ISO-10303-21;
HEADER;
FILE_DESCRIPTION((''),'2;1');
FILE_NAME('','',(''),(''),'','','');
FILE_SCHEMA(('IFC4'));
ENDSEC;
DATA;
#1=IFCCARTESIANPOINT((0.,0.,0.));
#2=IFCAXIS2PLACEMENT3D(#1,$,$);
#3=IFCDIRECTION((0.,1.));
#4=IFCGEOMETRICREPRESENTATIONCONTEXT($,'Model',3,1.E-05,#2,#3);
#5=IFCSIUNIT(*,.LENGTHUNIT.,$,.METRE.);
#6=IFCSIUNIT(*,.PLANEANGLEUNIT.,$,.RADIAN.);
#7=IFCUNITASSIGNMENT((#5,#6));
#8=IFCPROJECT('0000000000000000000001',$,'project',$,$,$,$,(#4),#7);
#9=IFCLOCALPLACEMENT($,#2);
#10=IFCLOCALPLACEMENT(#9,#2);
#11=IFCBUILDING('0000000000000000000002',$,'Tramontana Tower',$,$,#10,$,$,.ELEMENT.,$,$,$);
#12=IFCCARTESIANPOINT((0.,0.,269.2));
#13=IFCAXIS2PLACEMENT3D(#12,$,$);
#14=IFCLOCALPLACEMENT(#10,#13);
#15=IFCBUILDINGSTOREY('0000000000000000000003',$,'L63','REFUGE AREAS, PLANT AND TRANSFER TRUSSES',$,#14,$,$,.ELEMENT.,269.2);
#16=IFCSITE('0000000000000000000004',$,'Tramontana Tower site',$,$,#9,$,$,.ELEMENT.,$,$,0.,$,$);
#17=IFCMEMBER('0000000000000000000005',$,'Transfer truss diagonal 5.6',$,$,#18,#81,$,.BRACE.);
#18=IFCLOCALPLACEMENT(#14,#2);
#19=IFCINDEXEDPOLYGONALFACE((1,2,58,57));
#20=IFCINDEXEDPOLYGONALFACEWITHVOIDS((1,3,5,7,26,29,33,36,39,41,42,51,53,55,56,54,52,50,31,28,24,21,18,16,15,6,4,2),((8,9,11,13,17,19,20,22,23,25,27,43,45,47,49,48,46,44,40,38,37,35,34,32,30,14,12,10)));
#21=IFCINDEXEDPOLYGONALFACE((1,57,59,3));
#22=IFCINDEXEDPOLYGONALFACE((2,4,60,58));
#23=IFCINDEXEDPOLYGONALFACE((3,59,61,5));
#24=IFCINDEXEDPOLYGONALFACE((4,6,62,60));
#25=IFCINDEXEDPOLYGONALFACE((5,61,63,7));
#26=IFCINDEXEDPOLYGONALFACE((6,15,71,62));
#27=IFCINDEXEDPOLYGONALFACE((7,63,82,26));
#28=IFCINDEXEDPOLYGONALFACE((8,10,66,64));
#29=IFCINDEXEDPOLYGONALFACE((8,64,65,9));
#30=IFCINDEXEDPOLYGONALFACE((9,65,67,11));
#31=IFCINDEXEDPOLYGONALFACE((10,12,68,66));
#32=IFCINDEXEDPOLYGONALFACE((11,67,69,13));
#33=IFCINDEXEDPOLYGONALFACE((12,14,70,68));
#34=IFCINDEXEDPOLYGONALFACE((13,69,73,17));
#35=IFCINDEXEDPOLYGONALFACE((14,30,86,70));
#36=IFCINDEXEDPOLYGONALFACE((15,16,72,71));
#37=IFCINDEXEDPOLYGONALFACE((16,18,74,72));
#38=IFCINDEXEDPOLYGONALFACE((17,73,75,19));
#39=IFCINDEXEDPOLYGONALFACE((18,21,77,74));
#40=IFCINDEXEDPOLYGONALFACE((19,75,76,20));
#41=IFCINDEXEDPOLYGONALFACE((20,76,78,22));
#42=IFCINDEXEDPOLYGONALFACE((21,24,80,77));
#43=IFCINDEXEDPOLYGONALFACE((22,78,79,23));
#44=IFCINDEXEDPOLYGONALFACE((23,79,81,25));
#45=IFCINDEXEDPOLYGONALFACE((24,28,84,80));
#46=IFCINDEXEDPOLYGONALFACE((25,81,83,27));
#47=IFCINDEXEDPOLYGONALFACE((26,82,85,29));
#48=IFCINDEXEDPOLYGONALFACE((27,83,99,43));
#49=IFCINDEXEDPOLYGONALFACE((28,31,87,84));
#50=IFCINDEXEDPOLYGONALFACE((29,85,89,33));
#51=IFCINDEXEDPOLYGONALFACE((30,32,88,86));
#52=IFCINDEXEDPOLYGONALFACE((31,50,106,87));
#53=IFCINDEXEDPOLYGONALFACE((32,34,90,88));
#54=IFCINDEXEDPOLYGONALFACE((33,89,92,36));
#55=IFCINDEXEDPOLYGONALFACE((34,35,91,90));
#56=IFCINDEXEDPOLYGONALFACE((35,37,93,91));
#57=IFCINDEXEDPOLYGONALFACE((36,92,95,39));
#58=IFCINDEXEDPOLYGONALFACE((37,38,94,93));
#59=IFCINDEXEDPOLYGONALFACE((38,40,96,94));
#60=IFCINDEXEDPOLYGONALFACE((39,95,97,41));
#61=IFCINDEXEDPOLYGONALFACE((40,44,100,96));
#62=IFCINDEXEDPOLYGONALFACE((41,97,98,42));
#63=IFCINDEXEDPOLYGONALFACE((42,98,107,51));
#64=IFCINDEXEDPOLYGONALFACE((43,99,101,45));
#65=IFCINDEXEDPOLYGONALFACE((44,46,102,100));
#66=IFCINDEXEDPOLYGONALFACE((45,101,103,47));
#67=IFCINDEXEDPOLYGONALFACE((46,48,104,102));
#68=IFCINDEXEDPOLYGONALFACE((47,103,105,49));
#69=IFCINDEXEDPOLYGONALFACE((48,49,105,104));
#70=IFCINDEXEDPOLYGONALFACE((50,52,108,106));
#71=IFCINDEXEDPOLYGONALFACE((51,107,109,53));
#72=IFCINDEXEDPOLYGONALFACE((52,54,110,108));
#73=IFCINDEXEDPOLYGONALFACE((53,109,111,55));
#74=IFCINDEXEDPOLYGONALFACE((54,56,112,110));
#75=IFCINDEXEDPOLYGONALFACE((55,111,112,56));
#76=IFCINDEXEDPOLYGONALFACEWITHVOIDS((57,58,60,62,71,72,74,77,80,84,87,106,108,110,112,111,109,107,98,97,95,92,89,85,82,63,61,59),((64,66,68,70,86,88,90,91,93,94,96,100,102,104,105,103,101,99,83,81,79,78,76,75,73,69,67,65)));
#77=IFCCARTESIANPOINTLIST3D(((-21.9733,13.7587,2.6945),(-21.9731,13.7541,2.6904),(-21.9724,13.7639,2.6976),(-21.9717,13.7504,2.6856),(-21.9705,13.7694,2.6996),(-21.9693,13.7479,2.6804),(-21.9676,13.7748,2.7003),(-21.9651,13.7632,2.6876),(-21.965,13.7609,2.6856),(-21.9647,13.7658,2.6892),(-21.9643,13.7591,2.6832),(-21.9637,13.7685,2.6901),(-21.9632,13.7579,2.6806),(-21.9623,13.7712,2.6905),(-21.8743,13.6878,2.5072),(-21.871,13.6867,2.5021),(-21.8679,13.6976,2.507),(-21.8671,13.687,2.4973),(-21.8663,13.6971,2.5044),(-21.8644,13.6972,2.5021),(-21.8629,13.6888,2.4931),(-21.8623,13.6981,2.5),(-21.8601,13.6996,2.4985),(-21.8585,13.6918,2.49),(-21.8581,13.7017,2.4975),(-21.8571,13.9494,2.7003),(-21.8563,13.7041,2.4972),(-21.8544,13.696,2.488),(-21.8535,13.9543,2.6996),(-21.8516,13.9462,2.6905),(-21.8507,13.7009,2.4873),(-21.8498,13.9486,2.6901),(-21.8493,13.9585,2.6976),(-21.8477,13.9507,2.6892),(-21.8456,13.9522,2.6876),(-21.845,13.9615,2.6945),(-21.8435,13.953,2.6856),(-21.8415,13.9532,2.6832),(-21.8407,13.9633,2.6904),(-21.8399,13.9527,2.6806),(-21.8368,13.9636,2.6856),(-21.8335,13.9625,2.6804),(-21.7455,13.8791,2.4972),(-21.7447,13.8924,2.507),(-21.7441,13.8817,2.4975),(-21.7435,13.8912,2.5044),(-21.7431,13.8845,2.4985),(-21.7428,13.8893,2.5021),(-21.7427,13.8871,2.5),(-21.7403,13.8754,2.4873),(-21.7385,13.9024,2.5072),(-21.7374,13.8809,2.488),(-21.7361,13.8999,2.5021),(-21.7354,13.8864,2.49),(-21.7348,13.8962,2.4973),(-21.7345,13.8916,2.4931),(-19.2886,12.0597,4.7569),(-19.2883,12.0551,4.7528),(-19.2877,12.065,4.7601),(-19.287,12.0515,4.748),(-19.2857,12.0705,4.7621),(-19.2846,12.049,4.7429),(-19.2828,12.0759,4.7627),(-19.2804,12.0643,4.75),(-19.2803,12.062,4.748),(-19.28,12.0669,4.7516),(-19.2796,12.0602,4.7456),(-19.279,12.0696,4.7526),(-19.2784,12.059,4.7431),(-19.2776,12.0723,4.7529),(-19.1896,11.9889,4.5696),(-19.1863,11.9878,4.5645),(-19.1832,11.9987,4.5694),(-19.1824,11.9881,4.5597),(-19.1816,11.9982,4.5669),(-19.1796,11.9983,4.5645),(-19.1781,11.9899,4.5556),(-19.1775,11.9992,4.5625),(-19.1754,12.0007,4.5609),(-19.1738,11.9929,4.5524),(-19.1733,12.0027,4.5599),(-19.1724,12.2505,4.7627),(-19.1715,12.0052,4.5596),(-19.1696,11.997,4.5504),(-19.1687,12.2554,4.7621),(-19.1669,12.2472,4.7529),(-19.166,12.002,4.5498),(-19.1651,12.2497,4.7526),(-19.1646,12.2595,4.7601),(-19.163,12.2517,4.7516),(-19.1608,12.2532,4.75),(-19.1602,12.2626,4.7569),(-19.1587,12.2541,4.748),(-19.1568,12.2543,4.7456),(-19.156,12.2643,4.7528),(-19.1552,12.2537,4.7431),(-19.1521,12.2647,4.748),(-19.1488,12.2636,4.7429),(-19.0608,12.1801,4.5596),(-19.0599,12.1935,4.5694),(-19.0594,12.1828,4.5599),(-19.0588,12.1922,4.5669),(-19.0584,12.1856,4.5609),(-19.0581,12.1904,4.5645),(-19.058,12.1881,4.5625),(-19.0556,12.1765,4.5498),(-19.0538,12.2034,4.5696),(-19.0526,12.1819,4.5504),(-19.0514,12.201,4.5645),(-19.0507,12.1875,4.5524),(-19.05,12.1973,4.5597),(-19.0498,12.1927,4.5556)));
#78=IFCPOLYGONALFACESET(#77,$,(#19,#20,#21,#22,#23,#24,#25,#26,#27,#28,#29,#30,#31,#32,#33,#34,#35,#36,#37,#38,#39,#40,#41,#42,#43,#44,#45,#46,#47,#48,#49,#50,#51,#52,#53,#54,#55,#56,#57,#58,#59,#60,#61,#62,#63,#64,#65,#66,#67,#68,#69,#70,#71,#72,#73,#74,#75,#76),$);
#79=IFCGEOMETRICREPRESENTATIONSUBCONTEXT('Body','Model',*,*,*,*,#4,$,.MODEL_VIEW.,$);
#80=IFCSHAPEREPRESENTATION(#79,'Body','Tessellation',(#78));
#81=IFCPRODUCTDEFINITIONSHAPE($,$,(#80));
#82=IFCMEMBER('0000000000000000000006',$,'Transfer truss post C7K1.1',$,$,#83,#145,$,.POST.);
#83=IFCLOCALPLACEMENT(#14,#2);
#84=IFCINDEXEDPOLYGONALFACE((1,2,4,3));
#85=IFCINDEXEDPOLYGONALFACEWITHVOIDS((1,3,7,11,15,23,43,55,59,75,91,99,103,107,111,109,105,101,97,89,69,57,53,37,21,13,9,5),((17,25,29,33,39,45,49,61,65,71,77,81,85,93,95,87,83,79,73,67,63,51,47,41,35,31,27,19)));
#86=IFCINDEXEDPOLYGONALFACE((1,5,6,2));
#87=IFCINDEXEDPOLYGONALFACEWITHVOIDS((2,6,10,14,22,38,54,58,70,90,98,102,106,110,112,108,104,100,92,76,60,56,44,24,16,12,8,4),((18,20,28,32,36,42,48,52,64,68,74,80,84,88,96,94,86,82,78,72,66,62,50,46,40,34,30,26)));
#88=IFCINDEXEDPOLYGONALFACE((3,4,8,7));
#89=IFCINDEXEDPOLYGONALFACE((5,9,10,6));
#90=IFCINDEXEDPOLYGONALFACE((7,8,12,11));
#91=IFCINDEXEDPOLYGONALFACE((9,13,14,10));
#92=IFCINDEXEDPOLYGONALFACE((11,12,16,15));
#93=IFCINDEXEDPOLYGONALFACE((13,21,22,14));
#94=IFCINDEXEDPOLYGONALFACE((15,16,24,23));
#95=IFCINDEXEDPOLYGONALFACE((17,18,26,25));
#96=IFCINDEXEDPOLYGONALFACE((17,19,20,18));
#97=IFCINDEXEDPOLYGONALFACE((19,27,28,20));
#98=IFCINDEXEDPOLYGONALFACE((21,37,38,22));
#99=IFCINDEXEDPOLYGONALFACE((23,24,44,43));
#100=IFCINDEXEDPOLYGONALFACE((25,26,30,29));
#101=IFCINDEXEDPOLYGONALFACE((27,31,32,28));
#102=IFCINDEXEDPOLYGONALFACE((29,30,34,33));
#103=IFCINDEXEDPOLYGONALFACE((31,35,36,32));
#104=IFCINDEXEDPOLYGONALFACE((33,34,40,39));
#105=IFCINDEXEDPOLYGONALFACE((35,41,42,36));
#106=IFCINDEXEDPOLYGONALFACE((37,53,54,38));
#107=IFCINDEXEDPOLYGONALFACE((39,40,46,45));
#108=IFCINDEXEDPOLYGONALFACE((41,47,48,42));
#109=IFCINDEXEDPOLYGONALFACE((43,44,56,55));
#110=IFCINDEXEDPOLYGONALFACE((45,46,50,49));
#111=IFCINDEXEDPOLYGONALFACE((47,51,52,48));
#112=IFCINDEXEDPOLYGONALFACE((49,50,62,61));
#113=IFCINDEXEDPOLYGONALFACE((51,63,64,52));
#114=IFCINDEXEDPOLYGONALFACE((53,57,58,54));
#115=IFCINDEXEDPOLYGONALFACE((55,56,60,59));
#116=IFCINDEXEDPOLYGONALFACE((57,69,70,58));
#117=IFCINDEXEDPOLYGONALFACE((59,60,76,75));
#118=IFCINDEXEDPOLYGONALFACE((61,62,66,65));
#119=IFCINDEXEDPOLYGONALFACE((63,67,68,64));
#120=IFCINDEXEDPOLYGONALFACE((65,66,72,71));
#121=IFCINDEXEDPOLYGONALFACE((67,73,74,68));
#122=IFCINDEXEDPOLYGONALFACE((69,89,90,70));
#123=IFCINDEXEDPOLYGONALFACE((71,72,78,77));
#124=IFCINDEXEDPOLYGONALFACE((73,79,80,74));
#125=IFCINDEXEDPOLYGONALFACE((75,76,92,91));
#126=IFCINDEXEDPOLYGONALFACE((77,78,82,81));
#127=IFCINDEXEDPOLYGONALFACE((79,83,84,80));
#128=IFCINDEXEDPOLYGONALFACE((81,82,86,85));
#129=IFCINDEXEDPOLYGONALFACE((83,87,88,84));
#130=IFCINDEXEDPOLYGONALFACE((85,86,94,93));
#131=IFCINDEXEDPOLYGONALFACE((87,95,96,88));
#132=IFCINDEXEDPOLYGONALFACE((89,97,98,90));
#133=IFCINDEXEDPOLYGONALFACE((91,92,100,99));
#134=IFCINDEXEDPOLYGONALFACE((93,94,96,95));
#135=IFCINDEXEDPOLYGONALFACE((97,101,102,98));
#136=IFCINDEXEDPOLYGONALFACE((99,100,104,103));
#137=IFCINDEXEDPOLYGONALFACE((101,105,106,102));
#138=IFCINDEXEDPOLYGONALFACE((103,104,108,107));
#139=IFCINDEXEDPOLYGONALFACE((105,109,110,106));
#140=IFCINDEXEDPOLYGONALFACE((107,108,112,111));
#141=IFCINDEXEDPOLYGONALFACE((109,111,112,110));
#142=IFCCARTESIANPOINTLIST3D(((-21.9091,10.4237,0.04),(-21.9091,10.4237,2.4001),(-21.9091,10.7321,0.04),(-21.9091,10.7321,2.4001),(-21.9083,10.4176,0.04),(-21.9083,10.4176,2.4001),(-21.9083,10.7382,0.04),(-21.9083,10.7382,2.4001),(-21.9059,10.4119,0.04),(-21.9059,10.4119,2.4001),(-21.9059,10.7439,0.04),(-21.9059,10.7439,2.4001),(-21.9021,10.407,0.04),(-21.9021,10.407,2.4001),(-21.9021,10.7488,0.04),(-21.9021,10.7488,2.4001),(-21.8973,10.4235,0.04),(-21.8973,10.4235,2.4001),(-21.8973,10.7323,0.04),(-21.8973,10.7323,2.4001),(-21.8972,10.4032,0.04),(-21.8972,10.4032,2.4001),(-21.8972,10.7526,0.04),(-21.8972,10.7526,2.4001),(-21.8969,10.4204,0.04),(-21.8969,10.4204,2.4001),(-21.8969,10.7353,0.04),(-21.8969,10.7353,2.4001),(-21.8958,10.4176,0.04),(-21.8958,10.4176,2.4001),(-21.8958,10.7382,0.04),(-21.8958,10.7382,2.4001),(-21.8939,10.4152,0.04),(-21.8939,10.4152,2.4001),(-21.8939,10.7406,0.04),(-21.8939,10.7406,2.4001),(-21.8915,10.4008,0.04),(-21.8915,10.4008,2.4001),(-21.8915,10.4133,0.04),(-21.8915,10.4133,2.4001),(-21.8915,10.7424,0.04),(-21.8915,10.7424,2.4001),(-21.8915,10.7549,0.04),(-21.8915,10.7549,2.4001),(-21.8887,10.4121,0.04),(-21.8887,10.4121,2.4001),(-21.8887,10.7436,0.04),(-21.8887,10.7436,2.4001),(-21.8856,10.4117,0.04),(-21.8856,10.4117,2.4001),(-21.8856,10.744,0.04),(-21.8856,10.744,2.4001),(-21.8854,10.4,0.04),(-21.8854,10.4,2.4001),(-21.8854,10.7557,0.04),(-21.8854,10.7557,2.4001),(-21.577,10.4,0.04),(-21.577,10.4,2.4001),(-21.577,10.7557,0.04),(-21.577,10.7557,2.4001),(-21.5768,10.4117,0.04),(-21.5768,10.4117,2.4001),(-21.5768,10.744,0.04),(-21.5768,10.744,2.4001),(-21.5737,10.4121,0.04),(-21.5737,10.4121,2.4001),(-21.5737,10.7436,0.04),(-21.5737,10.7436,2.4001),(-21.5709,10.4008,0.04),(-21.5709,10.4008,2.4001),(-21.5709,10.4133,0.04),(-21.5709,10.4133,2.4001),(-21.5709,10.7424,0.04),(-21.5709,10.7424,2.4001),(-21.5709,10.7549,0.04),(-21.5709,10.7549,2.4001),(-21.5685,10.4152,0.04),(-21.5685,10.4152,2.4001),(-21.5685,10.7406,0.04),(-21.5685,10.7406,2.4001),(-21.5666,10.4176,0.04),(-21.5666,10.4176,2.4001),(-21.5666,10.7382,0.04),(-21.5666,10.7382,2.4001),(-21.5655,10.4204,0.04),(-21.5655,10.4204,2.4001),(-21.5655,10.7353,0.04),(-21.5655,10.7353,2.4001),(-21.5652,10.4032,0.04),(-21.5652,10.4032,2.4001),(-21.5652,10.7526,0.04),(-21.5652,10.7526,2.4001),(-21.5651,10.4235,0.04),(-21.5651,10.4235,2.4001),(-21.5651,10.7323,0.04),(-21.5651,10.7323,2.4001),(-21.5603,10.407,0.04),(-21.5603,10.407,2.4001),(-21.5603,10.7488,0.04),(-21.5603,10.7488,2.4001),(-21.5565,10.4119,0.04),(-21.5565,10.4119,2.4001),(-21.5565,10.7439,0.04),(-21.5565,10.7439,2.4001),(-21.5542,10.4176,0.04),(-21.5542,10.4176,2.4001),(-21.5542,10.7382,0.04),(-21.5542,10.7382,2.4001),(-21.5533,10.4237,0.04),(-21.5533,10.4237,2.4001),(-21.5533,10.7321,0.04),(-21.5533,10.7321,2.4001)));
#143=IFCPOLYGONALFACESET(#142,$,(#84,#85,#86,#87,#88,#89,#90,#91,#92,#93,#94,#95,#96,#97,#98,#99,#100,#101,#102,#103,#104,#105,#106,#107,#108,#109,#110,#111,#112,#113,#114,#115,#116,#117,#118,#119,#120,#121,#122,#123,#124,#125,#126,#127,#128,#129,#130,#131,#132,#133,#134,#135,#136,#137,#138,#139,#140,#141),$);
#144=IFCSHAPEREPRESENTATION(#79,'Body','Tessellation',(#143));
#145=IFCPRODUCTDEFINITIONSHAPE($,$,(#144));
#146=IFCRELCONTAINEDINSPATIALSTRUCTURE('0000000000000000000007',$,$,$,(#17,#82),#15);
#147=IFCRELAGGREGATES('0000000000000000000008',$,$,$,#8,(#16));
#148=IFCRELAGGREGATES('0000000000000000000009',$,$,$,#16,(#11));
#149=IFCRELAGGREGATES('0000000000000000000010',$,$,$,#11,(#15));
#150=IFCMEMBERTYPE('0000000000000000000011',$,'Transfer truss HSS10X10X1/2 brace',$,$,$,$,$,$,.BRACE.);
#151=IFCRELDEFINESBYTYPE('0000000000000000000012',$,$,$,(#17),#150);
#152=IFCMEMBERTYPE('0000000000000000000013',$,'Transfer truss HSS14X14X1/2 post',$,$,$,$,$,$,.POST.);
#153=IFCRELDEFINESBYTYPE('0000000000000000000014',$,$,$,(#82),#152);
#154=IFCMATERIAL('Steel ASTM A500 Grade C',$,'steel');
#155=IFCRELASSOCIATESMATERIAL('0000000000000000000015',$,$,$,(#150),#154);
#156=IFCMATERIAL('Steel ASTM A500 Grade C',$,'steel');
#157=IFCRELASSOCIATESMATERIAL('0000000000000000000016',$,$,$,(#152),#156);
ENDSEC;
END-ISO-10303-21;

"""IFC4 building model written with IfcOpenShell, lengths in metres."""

from ifc_helpers import new_model, si_unit, direction, frame, origin, origin_2d, place, context, subcontext, project, spatial, hollow_rectangle, extrude, material, material_profile, profile_set, type_object, element, save


model = new_model("IFC4")

# Units and contexts
model_context = context("Model", 3, precision=1e-05, world=origin(), true_north=direction((0.0, 1.0)))
body_context = subcontext(model_context, "Body", "Model", "MODEL_VIEW")
ifc_project = project(units=[si_unit("LENGTHUNIT", "METRE"), si_unit("PLANEANGLEUNIT", "RADIAN")], contexts=[model_context])

# Site, building, storey
site_placement = place(None, origin())
site = spatial("IfcSite", under=ifc_project, at=site_placement, Name="Tramontana Tower site", CompositionType="ELEMENT", RefElevation=0.0)
building_placement = place(site_placement, origin())
building = spatial("IfcBuilding", under=site, at=building_placement, Name="Tramontana Tower", CompositionType="ELEMENT")
storey_placement = place(building_placement, frame((0.0, 0.0, 269.2)))
storey = spatial("IfcBuildingStorey", under=building, at=storey_placement, Name="L63", Description="REFUGE AREAS, PLANT AND TRANSFER TRUSSES", CompositionType="ELEMENT", Elevation=269.2)

# Members
ifc_material_1 = material(Name="Steel ASTM A500 Grade C", Category="steel")
ifc_material_profile_1 = material_profile(ifc_material_1, hollow_rectangle(XDim=0.2539, YDim=0.2539, WallThickness=0.0117, InnerFilletRadius=0.0117, OuterFilletRadius=0.0237, at=origin_2d()), Name="HSS10X10X1/2")
ifc_profile_set_1 = profile_set([ifc_material_profile_1], Name="Steel ASTM A500 Grade C")
member_type_1 = type_object("IfcMemberType", Name="Transfer truss HSS10X10X1/2 brace", PredefinedType="BRACE", material=ifc_profile_set_1)
member_1_placement = place(storey_placement, frame((-19.1692, 12.1262, 4.6562), z_axis=(-0.708776, 0.44852, -0.544488), x_axis=(-0.534736, -0.845019, 0.0)))
element("IfcMember", 1, at=member_1_placement, inside=storey, type_object=member_type_1, Name="Transfer truss diagonal 5.6", PredefinedType="BRACE", context=body_context, shape_type="SweptSolid", body=[
    extrude(hollow_rectangle(XDim=0.2539, YDim=0.2539, WallThickness=0.0117, InnerFilletRadius=0.0117, OuterFilletRadius=0.0237, at=origin_2d()), origin(), (0.0, 0.0, 1.0), 3.7878),
])
ifc_material_2 = material(Name="Steel ASTM A500 Grade C", Category="steel")
ifc_material_profile_2 = material_profile(ifc_material_2, hollow_rectangle(XDim=0.3557, YDim=0.3557, WallThickness=0.0117, InnerFilletRadius=0.0117, OuterFilletRadius=0.0237, at=origin_2d()), Name="HSS14X14X1/2")
ifc_profile_set_2 = profile_set([ifc_material_profile_2], Name="Steel ASTM A500 Grade C")
member_type_2 = type_object("IfcMemberType", Name="Transfer truss HSS14X14X1/2 post", PredefinedType="POST", material=ifc_profile_set_2)
for number, where, z_axis, x_axis, name in (
    (2, (-21.7312, 10.5779, 0.04), (0.0, 0.0, 1.0), (1.0, 0.0, 0.0), "Transfer truss post C7K1.1"),
):
    element("IfcMember", number, at=place(storey_placement, frame(where, z_axis=z_axis, x_axis=x_axis)), inside=storey, type_object=member_type_2, Name=name, PredefinedType="POST", context=body_context, shape_type="SweptSolid", body=[
        extrude(hollow_rectangle(XDim=0.3557, YDim=0.3557, WallThickness=0.0117, InnerFilletRadius=0.0117, OuterFilletRadius=0.0237, at=origin_2d()), origin(), (0.0, 0.0, 1.0), 2.3601),
    ])

save(model, "model.ifc")
